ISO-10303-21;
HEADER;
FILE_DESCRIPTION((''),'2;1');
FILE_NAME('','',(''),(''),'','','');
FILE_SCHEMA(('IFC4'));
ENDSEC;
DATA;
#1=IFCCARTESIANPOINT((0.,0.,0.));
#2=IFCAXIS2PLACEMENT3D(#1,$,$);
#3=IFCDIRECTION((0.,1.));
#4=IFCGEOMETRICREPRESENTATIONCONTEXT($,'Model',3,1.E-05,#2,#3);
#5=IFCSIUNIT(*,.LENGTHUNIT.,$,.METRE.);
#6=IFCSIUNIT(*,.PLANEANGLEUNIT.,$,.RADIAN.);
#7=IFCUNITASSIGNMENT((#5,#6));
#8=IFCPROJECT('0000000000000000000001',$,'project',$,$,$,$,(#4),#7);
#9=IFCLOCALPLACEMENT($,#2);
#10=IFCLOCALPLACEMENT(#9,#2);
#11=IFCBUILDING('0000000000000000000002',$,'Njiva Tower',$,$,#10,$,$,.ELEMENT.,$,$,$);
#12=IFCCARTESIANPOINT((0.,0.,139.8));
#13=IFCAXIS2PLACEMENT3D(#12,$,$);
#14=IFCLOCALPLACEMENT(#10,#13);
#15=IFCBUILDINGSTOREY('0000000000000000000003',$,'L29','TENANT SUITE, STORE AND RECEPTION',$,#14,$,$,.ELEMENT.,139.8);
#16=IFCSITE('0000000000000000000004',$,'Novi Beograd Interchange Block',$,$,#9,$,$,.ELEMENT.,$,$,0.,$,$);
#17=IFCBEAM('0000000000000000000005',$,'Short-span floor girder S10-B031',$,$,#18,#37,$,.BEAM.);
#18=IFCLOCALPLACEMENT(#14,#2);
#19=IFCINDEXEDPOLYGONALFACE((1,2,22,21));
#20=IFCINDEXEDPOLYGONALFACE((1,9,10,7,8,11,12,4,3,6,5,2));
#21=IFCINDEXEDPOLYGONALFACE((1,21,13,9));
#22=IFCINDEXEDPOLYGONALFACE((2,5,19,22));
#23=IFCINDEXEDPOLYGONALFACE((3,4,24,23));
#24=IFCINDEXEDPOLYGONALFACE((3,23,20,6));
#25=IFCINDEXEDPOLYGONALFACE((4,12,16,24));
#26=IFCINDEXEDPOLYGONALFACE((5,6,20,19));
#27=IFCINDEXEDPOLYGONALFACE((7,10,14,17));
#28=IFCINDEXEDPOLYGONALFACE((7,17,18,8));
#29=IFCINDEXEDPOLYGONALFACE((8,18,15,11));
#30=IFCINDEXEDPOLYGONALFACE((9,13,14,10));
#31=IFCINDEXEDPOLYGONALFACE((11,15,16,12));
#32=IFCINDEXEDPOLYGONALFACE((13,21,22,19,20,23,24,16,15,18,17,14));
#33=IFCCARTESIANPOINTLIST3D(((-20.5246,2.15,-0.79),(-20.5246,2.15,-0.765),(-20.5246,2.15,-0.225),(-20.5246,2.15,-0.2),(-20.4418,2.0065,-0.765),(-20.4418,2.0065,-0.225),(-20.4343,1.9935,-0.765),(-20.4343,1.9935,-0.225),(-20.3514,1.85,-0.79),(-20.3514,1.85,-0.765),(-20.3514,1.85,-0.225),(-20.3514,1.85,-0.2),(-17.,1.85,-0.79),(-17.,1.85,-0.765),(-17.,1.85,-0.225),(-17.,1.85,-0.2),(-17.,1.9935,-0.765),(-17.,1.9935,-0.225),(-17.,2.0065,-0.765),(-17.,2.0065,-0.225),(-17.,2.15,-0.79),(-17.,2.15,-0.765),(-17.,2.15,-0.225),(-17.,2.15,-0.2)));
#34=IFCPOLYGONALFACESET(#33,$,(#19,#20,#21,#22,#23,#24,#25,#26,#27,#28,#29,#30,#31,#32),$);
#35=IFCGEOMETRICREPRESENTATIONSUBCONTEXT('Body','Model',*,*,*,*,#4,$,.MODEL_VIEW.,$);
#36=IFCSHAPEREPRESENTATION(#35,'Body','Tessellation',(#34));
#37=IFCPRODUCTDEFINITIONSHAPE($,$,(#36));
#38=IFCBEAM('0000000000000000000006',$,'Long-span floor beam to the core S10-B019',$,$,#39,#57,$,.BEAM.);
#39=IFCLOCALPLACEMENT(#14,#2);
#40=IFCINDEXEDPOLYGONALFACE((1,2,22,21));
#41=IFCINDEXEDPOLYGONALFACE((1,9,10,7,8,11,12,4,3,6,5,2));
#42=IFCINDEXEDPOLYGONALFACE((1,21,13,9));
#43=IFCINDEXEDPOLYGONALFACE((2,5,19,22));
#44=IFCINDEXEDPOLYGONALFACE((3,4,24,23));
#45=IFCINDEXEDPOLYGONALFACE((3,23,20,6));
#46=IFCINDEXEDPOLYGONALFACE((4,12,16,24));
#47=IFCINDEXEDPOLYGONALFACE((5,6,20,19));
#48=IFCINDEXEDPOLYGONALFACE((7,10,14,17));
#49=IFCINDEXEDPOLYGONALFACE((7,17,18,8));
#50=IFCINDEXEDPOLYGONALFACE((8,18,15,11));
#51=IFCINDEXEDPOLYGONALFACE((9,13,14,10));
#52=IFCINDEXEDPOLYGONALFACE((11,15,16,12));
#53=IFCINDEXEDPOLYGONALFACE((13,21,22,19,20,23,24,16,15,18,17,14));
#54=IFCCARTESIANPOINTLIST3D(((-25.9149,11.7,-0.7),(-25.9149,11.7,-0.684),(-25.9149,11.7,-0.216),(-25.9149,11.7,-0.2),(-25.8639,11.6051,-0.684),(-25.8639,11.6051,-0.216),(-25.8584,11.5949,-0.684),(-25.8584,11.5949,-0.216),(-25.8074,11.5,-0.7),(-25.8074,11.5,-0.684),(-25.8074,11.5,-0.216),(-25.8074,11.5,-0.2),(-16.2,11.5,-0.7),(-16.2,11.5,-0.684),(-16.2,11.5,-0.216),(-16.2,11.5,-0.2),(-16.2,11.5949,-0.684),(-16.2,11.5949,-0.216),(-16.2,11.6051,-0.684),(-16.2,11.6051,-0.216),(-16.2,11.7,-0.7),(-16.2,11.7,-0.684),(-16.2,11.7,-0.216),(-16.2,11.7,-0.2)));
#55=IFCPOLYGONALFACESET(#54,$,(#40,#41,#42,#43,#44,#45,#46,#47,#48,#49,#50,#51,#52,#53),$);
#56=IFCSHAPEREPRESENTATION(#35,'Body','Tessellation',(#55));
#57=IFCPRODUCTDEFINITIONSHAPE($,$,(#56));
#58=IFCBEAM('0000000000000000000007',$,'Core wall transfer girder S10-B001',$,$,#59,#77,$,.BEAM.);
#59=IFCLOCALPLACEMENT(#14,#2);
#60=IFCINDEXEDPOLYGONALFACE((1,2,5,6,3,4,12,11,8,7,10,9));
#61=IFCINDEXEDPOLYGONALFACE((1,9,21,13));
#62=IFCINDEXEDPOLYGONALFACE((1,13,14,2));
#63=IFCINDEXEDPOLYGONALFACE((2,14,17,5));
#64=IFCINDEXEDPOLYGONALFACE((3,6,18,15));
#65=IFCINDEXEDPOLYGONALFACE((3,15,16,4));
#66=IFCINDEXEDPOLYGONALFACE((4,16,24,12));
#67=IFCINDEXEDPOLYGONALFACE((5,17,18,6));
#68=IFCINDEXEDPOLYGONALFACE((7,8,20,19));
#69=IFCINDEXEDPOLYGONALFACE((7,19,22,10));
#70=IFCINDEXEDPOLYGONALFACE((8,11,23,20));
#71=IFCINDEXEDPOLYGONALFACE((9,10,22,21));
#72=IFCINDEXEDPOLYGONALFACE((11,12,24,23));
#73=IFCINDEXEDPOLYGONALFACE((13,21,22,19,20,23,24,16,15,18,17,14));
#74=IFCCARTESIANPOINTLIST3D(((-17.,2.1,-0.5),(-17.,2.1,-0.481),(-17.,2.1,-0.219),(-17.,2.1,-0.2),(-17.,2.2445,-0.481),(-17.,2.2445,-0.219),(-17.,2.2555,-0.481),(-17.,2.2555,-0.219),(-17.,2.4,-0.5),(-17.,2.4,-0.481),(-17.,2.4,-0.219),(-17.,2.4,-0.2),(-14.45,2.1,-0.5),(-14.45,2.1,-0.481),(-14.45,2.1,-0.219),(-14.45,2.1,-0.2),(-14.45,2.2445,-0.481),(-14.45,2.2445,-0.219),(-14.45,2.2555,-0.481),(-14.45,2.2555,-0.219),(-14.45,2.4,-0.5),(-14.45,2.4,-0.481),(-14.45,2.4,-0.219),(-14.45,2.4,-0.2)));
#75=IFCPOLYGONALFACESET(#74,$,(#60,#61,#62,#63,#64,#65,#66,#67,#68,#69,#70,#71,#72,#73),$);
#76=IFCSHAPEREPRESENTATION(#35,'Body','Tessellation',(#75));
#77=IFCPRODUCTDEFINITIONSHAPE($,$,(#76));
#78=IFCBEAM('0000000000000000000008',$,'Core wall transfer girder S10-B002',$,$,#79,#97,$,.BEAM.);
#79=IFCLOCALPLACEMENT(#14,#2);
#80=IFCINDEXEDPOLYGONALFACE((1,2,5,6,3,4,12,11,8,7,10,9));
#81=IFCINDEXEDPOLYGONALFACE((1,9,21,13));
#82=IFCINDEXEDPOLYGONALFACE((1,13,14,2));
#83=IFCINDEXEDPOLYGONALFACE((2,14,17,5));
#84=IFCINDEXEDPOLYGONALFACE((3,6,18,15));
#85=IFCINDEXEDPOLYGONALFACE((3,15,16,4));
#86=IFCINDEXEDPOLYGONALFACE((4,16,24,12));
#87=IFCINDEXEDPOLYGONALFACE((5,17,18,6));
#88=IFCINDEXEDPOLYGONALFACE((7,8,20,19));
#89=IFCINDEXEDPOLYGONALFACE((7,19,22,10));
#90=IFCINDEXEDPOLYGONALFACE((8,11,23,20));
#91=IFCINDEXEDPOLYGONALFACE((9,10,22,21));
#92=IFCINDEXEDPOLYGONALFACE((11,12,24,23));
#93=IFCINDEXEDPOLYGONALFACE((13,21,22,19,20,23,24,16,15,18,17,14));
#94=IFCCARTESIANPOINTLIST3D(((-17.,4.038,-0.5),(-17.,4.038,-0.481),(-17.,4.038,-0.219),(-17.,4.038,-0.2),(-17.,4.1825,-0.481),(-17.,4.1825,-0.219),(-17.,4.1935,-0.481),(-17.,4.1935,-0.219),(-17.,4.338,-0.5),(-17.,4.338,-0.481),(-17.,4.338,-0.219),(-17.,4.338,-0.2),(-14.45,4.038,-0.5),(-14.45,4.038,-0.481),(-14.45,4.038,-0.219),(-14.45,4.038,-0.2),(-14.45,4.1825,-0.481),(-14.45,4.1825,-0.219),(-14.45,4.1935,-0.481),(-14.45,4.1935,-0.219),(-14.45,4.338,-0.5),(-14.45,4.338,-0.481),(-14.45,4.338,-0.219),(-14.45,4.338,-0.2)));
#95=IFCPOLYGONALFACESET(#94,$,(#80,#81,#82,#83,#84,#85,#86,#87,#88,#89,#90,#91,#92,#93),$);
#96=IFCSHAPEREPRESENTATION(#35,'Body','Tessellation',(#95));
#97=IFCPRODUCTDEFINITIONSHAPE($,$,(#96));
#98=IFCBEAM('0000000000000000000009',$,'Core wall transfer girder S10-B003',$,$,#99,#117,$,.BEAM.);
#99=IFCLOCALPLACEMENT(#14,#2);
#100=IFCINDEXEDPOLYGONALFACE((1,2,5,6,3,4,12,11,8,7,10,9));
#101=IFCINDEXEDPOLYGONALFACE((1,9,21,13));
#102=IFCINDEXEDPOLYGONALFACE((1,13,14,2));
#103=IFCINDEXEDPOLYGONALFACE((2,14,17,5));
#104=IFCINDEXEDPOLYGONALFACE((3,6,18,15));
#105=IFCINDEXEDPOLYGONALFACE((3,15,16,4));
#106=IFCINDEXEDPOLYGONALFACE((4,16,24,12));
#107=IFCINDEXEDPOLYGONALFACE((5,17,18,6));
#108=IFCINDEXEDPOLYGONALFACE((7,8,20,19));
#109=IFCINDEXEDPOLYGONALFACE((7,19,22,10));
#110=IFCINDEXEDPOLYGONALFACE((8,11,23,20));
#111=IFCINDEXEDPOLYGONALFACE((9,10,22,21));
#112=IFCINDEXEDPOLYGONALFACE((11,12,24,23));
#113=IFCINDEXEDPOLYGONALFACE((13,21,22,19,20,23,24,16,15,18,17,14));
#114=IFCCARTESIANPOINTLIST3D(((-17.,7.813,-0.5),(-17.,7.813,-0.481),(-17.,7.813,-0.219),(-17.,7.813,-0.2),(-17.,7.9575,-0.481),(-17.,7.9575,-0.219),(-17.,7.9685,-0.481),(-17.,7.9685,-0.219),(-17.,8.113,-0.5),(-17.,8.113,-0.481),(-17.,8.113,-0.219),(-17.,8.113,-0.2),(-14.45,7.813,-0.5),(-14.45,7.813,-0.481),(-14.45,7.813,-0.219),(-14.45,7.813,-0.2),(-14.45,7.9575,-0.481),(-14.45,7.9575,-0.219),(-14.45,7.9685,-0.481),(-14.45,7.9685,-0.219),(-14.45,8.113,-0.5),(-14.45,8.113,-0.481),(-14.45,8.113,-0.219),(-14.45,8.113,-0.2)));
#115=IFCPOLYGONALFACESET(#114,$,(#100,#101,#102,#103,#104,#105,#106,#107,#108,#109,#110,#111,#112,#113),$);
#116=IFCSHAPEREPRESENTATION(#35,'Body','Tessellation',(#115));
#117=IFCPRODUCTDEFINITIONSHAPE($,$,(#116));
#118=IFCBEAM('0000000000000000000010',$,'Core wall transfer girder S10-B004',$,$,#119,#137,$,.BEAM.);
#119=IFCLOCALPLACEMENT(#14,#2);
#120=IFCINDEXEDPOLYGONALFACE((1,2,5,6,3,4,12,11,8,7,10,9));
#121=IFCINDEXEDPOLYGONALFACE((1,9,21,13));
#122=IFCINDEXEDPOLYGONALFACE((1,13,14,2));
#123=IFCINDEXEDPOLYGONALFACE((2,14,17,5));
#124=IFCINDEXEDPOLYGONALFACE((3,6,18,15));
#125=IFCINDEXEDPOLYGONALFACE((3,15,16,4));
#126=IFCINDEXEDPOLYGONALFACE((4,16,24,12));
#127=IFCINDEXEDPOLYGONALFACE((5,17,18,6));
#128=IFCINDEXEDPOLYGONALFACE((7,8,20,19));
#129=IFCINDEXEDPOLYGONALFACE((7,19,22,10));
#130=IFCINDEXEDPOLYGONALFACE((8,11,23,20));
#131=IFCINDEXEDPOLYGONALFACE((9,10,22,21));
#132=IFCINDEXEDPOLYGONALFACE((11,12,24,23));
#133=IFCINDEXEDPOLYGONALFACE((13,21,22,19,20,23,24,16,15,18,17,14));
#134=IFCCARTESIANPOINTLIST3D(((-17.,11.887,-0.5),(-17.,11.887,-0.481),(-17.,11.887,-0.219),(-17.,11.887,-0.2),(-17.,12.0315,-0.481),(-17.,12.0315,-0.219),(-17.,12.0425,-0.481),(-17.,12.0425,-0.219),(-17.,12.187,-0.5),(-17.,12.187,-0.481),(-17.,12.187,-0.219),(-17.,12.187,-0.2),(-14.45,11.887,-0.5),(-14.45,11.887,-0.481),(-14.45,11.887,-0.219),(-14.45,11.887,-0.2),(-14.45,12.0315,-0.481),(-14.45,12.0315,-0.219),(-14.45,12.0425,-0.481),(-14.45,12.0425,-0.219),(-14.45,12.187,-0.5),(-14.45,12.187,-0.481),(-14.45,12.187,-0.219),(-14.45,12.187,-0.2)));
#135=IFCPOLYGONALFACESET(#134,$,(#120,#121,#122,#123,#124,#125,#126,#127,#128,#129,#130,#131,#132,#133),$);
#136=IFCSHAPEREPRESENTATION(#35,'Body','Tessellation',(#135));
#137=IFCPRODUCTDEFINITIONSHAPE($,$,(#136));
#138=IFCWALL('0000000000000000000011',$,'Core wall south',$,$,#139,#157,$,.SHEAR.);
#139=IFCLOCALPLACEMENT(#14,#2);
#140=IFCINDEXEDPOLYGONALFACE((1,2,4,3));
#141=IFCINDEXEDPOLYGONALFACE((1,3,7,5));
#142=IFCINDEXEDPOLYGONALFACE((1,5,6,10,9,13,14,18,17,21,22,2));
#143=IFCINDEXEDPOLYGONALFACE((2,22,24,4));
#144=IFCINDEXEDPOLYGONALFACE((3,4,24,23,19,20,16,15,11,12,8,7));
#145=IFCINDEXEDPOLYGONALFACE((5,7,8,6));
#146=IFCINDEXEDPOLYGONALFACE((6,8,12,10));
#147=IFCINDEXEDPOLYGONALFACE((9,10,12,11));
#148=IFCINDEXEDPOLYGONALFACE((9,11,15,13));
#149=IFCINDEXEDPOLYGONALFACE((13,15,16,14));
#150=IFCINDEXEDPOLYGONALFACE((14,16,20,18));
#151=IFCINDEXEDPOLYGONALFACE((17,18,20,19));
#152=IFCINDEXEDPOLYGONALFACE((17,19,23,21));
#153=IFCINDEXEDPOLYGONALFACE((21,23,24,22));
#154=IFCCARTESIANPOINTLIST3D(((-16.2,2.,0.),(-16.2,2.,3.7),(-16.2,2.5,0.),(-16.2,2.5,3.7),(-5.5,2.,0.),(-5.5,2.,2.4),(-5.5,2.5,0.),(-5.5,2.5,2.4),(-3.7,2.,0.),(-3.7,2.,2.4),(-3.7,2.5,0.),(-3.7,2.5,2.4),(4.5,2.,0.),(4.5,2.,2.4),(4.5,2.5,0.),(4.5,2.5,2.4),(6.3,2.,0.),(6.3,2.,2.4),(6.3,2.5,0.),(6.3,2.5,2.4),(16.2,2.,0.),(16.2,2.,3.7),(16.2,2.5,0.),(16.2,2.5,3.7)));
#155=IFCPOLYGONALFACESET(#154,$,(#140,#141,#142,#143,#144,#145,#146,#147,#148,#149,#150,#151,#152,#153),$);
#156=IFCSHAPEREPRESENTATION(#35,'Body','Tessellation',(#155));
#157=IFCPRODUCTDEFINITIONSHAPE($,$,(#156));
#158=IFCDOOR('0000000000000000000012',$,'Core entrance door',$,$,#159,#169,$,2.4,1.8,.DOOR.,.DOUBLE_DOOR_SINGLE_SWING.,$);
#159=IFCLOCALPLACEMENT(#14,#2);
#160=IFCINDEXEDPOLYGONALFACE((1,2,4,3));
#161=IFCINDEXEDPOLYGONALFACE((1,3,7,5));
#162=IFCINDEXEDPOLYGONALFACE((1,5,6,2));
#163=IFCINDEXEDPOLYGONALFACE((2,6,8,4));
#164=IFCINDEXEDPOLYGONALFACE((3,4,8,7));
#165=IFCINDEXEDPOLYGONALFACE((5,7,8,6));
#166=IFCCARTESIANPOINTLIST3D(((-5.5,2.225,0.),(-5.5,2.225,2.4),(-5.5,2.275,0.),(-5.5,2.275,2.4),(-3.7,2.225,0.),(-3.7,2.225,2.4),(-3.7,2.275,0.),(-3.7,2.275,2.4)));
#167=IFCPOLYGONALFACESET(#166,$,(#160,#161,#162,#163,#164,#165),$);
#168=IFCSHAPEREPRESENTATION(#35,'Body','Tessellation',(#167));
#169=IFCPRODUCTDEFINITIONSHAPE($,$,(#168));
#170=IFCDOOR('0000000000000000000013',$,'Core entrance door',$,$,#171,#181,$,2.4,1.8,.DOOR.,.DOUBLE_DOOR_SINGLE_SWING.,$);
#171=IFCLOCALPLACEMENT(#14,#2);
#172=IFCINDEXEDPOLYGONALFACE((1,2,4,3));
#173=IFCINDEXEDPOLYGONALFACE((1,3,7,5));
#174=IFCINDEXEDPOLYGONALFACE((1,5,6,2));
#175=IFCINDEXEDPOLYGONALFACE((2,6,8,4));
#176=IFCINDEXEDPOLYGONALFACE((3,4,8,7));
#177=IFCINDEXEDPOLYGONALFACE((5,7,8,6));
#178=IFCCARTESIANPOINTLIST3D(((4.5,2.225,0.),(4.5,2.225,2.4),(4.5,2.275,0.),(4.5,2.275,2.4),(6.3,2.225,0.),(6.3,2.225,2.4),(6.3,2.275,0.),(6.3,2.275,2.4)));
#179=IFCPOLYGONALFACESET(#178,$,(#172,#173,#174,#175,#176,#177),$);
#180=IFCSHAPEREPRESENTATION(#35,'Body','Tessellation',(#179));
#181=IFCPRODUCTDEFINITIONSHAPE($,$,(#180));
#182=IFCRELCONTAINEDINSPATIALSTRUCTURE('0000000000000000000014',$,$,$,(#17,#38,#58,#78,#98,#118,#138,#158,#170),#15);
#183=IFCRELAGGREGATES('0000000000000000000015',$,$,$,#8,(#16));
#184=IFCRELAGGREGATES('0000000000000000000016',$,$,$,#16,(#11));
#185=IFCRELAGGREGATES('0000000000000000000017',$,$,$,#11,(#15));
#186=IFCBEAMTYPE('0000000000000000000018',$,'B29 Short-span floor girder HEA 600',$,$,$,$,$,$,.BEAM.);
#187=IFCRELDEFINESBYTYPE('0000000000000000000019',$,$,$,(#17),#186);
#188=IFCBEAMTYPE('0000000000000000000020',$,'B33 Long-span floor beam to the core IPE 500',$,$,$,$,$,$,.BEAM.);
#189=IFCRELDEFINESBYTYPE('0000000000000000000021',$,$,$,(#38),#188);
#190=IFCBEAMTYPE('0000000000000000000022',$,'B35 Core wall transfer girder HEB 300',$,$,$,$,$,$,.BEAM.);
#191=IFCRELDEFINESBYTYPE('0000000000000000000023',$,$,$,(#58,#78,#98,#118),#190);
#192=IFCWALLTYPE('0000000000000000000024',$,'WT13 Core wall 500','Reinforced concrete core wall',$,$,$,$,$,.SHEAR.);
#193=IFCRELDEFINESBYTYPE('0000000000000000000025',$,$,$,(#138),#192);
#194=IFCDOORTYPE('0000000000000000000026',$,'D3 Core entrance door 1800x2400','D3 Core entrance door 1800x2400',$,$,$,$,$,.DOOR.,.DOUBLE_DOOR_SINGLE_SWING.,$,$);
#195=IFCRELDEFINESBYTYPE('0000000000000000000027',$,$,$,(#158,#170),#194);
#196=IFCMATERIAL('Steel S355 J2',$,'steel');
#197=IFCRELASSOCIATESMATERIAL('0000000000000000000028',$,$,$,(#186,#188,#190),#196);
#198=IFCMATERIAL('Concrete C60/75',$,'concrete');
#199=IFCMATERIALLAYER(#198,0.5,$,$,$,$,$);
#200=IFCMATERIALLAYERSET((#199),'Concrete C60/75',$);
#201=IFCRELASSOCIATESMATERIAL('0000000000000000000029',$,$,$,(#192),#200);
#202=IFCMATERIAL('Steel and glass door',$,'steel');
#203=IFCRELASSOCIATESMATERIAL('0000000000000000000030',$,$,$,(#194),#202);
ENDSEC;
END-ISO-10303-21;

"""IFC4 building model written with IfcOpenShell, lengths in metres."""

from ifc_helpers import new_model, si_unit, direction, frame, frame_2d, origin, origin_2d, place, context, subcontext, project, spatial, rectangle, i_section, extrude, clip, halfspace, material, layer, layer_set, material_profile, profile_set, type_object, element, fill, save


model = new_model("IFC4")

# Units and contexts
model_context = context("Model", 3, precision=1e-05, world=origin(), true_north=direction((0.0, 1.0)))
body_context = subcontext(model_context, "Body", "Model", "MODEL_VIEW")
ifc_project = project(units=[si_unit("LENGTHUNIT", "METRE"), si_unit("PLANEANGLEUNIT", "RADIAN")], contexts=[model_context])

# Site, building, storey
site_placement = place(None, origin())
site = spatial("IfcSite", under=ifc_project, at=site_placement, Name="Novi Beograd Interchange Block", CompositionType="ELEMENT", RefElevation=0.0)
building_placement = place(site_placement, origin())
building = spatial("IfcBuilding", under=site, at=building_placement, Name="Njiva Tower", CompositionType="ELEMENT")
storey_placement = place(building_placement, frame((0.0, 0.0, 139.8)))
storey = spatial("IfcBuildingStorey", under=building, at=storey_placement, Name="L29", Description="TENANT SUITE, STORE AND RECEPTION", CompositionType="ELEMENT", Elevation=139.8)

# Shared definitions
ifc_material_1 = material(Name="Steel S355 J2", Category="steel")

# Beams
ifc_material_profile_1 = material_profile(ifc_material_1, i_section(OverallWidth=0.3, OverallDepth=0.59, WebThickness=0.013, FlangeThickness=0.025, at=origin_2d()), Name="HEA 600")
ifc_profile_set_1 = profile_set([ifc_material_profile_1], Name="Steel S355 J2")
beam_type_1 = type_object("IfcBeamType", Name="B29 Short-span floor girder HEA 600", PredefinedType="BEAM", material=ifc_profile_set_1)
beam_1_placement = place(storey_placement, frame((-20.545, 2.0, -0.495), z_axis=(1.0, 0.0, 0.0), x_axis=(0.0, 1.0, 0.0)))
element("IfcBeam", 1, at=beam_1_placement, inside=storey, type_object=beam_type_1, Name="Short-span floor girder S10-B031", PredefinedType="BEAM", context=body_context, shape_type="Clipping", body=[
    clip(extrude(i_section(OverallWidth=0.3, OverallDepth=0.59, WebThickness=0.013, FlangeThickness=0.025, at=origin_2d()), origin(), (0.0, 0.0, 1.0), 3.545), halfspace(frame((-0.025, 0.0, 0.1214), z_axis=(-0.499998, 0.0, -0.866027), x_axis=(0.0, -1.0, 0.0)), False)),
])
ifc_material_profile_2 = material_profile(ifc_material_1, i_section(OverallWidth=0.2, OverallDepth=0.5, WebThickness=0.0102, FlangeThickness=0.016, at=origin_2d()), Name="IPE 500")
ifc_profile_set_2 = profile_set([ifc_material_profile_2], Name="Steel S355 J2")
beam_type_2 = type_object("IfcBeamType", Name="B33 Long-span floor beam to the core IPE 500", PredefinedType="BEAM", material=ifc_profile_set_2)
beam_2_placement = place(storey_placement, frame((-25.935, 11.6, -0.45), z_axis=(1.0, 0.0, 0.0), x_axis=(0.0, 1.0, 0.0)))
element("IfcBeam", 2, at=beam_2_placement, inside=storey, type_object=beam_type_2, Name="Long-span floor beam to the core S10-B019", PredefinedType="BEAM", context=body_context, shape_type="Clipping", body=[
    clip(extrude(i_section(OverallWidth=0.2, OverallDepth=0.5, WebThickness=0.0102, FlangeThickness=0.016, at=origin_2d()), origin(), (0.0, 0.0, 1.0), 9.735), halfspace(frame((-0.0237, 0.0, 0.0866), z_axis=(-0.473777, 0.0, -0.880645), x_axis=(0.0, -1.0, 0.0)), False)),
])
ifc_material_profile_3 = material_profile(ifc_material_1, i_section(OverallWidth=0.3, OverallDepth=0.3, WebThickness=0.011, FlangeThickness=0.019, at=origin_2d()), Name="HEB 300")
ifc_profile_set_3 = profile_set([ifc_material_profile_3], Name="Steel S355 J2")
beam_type_3 = type_object("IfcBeamType", Name="B35 Core wall transfer girder HEB 300", PredefinedType="BEAM", material=ifc_profile_set_3)
for number, where, z_axis, x_axis, name in (
    (3, (-17.0, 2.25, -0.35), (1.0, 0.0, 0.0), (0.0, 1.0, 0.0), "Core wall transfer girder S10-B001"),
    (4, (-17.0, 4.188, -0.35), (1.0, 0.0, 0.0), (0.0, 1.0, 0.0), "Core wall transfer girder S10-B002"),
    (5, (-17.0, 7.963, -0.35), (1.0, 0.0, 0.0), (0.0, 1.0, 0.0), "Core wall transfer girder S10-B003"),
    (6, (-17.0, 12.037, -0.35), (1.0, 0.0, 0.0), (0.0, 1.0, 0.0), "Core wall transfer girder S10-B004"),
):
    element("IfcBeam", number, at=place(storey_placement, frame(where, z_axis=z_axis, x_axis=x_axis)), inside=storey, type_object=beam_type_3, Name=name, PredefinedType="BEAM", context=body_context, shape_type="SweptSolid", body=[
        extrude(i_section(OverallWidth=0.3, OverallDepth=0.3, WebThickness=0.011, FlangeThickness=0.019, at=origin_2d()), origin(), (0.0, 0.0, 1.0), 2.55),
    ])

# Wall, openings, doors
ifc_material_2 = material(Name="Concrete C60/75", Category="concrete")
ifc_layer_1 = layer(ifc_material_2, 0.5)
ifc_layer_set_1 = layer_set([ifc_layer_1], Name="Concrete C60/75")
wall_type_1 = type_object("IfcWallType", Name="WT13 Core wall 500", Description="Reinforced concrete core wall", PredefinedType="SHEAR", material=ifc_layer_set_1)
wall_1_placement = place(storey_placement, frame((-16.2, 2.25, 0.0), z_axis=(0.0, 0.0, 1.0), x_axis=(1.0, 0.0, 0.0)))
wall_1 = element("IfcWall", 7, at=wall_1_placement, inside=storey, type_object=wall_type_1, Name="Core wall south", PredefinedType="SHEAR", context=body_context, shape_type="SweptSolid", body=[
    extrude(rectangle(XDim=32.4, YDim=0.5, at=frame_2d((16.2, 0.0))), origin(), (0.0, 0.0, 1.0), 3.7),
])
opening_1_placement = place(wall_1_placement, frame((10.7, 0.0, 0.0)))
opening_1 = element("IfcOpeningElement", 8, at=opening_1_placement, cuts=wall_1, PredefinedType="OPENING", context=body_context, shape_type="SweptSolid", body=[
    extrude(rectangle(XDim=1.8, YDim=2.4, at=frame_2d((0.9, 1.2))), frame((0.0, 0.26, 0.0), z_axis=(0.0, -1.0, 0.0), x_axis=(1.0, 0.0, 0.0)), (0.0, 0.0, 1.0), 0.52),
])
opening_2_placement = place(wall_1_placement, frame((20.7, 0.0, 0.0)))
opening_2 = element("IfcOpeningElement", 9, at=opening_2_placement, cuts=wall_1, PredefinedType="OPENING", context=body_context, shape_type="SweptSolid", body=[
    extrude(rectangle(XDim=1.8, YDim=2.4, at=frame_2d((0.9, 1.2))), frame((0.0, 0.26, 0.0), z_axis=(0.0, -1.0, 0.0), x_axis=(1.0, 0.0, 0.0)), (0.0, 0.0, 1.0), 0.52),
])
ifc_material_3 = material(Name="Steel and glass door", Category="steel")
door_type_1 = type_object("IfcDoorType", Name="D3 Core entrance door 1800x2400", Description="D3 Core entrance door 1800x2400", OperationType="DOUBLE_DOOR_SINGLE_SWING", PredefinedType="DOOR", material=ifc_material_3)
door_1_placement = place(opening_1_placement, origin())
door_1 = element("IfcDoor", 10, at=door_1_placement, inside=storey, type_object=door_type_1, Name="Core entrance door", OperationType="DOUBLE_DOOR_SINGLE_SWING", OverallHeight=2.4, OverallWidth=1.8, PredefinedType="DOOR", context=body_context, shape_type="SweptSolid", body=[
    extrude(rectangle(XDim=1.8, YDim=2.4, at=frame_2d((0.9, 1.2))), frame((0.0, 0.025, 0.0), z_axis=(0.0, -1.0, 0.0), x_axis=(1.0, 0.0, 0.0)), (0.0, 0.0, 1.0), 0.05),
])
fill(opening_1, door_1)
door_2_placement = place(opening_2_placement, origin())
door_2 = element("IfcDoor", 11, at=door_2_placement, inside=storey, type_object=door_type_1, Name="Core entrance door", OperationType="DOUBLE_DOOR_SINGLE_SWING", OverallHeight=2.4, OverallWidth=1.8, PredefinedType="DOOR", context=body_context, shape_type="SweptSolid", body=[
    extrude(rectangle(XDim=1.8, YDim=2.4, at=frame_2d((0.9, 1.2))), frame((0.0, 0.025, 0.0), z_axis=(0.0, -1.0, 0.0), x_axis=(1.0, 0.0, 0.0)), (0.0, 0.0, 1.0), 0.05),
])
fill(opening_2, door_2)

save(model, "model.ifc")
